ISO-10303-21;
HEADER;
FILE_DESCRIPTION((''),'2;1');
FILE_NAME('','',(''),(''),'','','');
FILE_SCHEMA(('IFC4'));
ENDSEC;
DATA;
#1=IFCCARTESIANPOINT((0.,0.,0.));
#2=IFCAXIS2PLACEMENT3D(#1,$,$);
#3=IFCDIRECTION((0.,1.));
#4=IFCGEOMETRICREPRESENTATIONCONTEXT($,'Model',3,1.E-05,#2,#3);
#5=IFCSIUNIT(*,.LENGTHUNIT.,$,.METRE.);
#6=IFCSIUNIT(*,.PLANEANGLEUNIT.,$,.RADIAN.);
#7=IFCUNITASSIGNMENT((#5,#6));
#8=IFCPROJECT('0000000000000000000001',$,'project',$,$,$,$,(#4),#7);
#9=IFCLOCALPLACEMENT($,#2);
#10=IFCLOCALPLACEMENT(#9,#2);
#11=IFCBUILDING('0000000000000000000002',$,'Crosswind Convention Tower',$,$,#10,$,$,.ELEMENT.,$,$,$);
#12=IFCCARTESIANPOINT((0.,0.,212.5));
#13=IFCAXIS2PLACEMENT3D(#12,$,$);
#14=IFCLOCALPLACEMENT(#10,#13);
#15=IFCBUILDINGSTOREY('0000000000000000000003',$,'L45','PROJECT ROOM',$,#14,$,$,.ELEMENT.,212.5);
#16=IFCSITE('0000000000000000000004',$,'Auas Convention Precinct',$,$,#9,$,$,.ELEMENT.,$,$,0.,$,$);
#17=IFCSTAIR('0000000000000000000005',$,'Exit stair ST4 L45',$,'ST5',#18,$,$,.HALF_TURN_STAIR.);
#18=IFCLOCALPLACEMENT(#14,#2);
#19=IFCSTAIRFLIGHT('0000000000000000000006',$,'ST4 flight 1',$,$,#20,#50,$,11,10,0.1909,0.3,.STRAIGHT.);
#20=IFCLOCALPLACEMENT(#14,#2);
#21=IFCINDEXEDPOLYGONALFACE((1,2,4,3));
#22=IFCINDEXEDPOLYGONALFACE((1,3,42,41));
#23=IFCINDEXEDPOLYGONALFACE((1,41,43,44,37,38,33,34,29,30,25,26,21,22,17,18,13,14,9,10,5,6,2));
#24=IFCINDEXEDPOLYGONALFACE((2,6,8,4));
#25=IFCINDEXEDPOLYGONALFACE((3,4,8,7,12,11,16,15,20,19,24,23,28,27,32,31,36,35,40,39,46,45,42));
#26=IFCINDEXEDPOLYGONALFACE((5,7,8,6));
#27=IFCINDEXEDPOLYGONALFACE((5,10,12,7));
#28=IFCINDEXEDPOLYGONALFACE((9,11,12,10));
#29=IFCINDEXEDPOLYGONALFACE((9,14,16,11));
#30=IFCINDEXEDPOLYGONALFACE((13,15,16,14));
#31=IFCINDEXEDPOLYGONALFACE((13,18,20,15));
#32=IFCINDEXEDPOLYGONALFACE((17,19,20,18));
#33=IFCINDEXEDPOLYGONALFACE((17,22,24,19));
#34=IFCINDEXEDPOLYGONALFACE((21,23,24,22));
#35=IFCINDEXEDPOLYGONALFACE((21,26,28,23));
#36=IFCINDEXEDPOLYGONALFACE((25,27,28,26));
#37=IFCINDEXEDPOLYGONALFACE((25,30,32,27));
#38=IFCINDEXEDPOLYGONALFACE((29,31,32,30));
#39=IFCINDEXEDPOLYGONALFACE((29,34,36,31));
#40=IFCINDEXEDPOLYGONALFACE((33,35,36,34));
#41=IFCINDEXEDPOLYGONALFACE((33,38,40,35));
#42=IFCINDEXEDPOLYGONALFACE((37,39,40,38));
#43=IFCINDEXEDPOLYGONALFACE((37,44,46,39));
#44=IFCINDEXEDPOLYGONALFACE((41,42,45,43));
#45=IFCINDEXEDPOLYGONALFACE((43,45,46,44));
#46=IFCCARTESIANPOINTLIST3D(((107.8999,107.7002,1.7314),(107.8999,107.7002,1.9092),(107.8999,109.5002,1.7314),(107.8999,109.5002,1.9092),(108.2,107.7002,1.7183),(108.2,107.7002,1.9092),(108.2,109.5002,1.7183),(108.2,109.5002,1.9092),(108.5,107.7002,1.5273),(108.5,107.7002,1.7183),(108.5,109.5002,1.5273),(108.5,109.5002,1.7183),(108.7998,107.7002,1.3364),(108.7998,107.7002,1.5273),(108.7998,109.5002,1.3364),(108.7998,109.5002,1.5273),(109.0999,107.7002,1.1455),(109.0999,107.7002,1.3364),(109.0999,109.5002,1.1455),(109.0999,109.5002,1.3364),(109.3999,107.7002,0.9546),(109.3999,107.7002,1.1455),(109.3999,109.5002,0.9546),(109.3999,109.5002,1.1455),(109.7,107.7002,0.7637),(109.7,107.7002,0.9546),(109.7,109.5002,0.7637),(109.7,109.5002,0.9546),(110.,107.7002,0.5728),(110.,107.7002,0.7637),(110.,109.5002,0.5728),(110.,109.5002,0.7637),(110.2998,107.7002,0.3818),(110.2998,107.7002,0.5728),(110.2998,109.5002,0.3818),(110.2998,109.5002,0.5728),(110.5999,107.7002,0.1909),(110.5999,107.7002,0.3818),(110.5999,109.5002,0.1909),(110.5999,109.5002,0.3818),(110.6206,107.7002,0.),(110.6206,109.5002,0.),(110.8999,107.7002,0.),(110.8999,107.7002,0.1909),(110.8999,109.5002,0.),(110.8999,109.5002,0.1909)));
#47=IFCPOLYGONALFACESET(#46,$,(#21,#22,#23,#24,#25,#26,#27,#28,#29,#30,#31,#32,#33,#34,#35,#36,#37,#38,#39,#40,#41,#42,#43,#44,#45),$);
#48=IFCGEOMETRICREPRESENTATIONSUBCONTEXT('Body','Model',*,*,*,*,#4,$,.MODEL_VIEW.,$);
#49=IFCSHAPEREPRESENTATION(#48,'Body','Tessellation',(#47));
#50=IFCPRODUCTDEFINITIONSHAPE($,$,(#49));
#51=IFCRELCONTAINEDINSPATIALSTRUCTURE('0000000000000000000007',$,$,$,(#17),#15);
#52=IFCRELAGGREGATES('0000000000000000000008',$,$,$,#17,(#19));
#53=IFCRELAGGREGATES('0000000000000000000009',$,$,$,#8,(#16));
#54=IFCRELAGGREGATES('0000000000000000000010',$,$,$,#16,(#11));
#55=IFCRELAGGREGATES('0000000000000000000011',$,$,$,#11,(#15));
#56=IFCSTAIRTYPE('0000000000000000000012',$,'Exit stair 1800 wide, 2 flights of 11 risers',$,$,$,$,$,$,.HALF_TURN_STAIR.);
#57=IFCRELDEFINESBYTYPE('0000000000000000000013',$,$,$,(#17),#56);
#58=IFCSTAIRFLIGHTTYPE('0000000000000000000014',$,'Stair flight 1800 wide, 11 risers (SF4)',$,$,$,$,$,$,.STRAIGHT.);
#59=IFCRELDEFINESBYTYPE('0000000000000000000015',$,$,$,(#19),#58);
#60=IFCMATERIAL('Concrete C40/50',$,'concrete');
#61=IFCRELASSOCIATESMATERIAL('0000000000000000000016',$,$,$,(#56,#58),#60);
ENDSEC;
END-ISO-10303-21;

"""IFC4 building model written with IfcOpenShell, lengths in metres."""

from ifc_helpers import new_model, si_unit, direction, frame, origin, place, context, subcontext, project, spatial, polyline, outline, extrude, material, type_object, element, aggregate, save


model = new_model("IFC4")

# Units and contexts
model_context = context("Model", 3, precision=1e-05, world=origin(), true_north=direction((0.0, 1.0)))
body_context = subcontext(model_context, "Body", "Model", "MODEL_VIEW")
ifc_project = project(units=[si_unit("LENGTHUNIT", "METRE"), si_unit("PLANEANGLEUNIT", "RADIAN")], contexts=[model_context])

# Site, building, storey
site_placement = place(None, origin())
site = spatial("IfcSite", under=ifc_project, at=site_placement, Name="Auas Convention Precinct", CompositionType="ELEMENT", RefElevation=0.0)
building_placement = place(site_placement, origin())
building = spatial("IfcBuilding", under=site, at=building_placement, Name="Crosswind Convention Tower", CompositionType="ELEMENT")
storey_placement = place(building_placement, frame((0.0, 0.0, 212.5)))
storey = spatial("IfcBuildingStorey", under=building, at=storey_placement, Name="L45", Description="PROJECT ROOM", CompositionType="ELEMENT", Elevation=212.5)

# Stair, stair flight
ifc_material_1 = material(Name="Concrete C40/50", Category="concrete")
stair_type = type_object("IfcStairType", Name="Exit stair 1800 wide, 2 flights of 11 risers", PredefinedType="HALF_TURN_STAIR", material=ifc_material_1)
stair_placement = place(storey_placement, origin())
stair = element("IfcStair", 1, at=stair_placement, inside=storey, type_object=stair_type, Name="Exit stair ST4 L45", ObjectType="ST5", PredefinedType="HALF_TURN_STAIR")
stair_flight_type = type_object("IfcStairFlightType", Name="Stair flight 1800 wide, 11 risers (SF4)", PredefinedType="STRAIGHT", material=ifc_material_1)
stair_flight_placement = place(storey_placement, frame((110.8999, 108.6001, 0.0), z_axis=(0.0, 0.0, 1.0), x_axis=(-1.0, 0.0, 0.0)))
stair_flight = element("IfcStairFlight", 2, at=stair_flight_placement, type_object=stair_flight_type, Name="ST4 flight 1", NumberOfRisers=11, NumberOfTreads=10, PredefinedType="STRAIGHT", RiserHeight=0.1909, TreadLength=0.3, context=body_context, shape_type="SweptSolid", body=[
    extrude(outline(polyline([(0.0, 0.0), (0.0, 0.1909), (0.3, 0.1909), (0.3, 0.3818), (0.6001, 0.3818), (0.6001, 0.5728), (0.8999, 0.5728), (0.8999, 0.7637), (1.2, 0.7637), (1.2, 0.9546), (1.5, 0.9546), (1.5, 1.1455), (1.8, 1.1455), (1.8, 1.3364), (2.1001, 1.3364), (2.1001, 1.5273), (2.3999, 1.5273), (2.3999, 1.7183), (2.7, 1.7183), (2.7, 1.9092), (3.0, 1.9092), (3.0, 2.1001), (3.0, 1.7314), (0.2793, 0.0), (0.0, 0.0)])), frame((0.0, 0.8999, 0.0), z_axis=(0.0, -1.0, 0.0), x_axis=(1.0, 0.0, 0.0)), (0.0, 0.0, 1.0), 1.8),
])
aggregate(stair, [stair_flight])

save(model, "model.ifc")
